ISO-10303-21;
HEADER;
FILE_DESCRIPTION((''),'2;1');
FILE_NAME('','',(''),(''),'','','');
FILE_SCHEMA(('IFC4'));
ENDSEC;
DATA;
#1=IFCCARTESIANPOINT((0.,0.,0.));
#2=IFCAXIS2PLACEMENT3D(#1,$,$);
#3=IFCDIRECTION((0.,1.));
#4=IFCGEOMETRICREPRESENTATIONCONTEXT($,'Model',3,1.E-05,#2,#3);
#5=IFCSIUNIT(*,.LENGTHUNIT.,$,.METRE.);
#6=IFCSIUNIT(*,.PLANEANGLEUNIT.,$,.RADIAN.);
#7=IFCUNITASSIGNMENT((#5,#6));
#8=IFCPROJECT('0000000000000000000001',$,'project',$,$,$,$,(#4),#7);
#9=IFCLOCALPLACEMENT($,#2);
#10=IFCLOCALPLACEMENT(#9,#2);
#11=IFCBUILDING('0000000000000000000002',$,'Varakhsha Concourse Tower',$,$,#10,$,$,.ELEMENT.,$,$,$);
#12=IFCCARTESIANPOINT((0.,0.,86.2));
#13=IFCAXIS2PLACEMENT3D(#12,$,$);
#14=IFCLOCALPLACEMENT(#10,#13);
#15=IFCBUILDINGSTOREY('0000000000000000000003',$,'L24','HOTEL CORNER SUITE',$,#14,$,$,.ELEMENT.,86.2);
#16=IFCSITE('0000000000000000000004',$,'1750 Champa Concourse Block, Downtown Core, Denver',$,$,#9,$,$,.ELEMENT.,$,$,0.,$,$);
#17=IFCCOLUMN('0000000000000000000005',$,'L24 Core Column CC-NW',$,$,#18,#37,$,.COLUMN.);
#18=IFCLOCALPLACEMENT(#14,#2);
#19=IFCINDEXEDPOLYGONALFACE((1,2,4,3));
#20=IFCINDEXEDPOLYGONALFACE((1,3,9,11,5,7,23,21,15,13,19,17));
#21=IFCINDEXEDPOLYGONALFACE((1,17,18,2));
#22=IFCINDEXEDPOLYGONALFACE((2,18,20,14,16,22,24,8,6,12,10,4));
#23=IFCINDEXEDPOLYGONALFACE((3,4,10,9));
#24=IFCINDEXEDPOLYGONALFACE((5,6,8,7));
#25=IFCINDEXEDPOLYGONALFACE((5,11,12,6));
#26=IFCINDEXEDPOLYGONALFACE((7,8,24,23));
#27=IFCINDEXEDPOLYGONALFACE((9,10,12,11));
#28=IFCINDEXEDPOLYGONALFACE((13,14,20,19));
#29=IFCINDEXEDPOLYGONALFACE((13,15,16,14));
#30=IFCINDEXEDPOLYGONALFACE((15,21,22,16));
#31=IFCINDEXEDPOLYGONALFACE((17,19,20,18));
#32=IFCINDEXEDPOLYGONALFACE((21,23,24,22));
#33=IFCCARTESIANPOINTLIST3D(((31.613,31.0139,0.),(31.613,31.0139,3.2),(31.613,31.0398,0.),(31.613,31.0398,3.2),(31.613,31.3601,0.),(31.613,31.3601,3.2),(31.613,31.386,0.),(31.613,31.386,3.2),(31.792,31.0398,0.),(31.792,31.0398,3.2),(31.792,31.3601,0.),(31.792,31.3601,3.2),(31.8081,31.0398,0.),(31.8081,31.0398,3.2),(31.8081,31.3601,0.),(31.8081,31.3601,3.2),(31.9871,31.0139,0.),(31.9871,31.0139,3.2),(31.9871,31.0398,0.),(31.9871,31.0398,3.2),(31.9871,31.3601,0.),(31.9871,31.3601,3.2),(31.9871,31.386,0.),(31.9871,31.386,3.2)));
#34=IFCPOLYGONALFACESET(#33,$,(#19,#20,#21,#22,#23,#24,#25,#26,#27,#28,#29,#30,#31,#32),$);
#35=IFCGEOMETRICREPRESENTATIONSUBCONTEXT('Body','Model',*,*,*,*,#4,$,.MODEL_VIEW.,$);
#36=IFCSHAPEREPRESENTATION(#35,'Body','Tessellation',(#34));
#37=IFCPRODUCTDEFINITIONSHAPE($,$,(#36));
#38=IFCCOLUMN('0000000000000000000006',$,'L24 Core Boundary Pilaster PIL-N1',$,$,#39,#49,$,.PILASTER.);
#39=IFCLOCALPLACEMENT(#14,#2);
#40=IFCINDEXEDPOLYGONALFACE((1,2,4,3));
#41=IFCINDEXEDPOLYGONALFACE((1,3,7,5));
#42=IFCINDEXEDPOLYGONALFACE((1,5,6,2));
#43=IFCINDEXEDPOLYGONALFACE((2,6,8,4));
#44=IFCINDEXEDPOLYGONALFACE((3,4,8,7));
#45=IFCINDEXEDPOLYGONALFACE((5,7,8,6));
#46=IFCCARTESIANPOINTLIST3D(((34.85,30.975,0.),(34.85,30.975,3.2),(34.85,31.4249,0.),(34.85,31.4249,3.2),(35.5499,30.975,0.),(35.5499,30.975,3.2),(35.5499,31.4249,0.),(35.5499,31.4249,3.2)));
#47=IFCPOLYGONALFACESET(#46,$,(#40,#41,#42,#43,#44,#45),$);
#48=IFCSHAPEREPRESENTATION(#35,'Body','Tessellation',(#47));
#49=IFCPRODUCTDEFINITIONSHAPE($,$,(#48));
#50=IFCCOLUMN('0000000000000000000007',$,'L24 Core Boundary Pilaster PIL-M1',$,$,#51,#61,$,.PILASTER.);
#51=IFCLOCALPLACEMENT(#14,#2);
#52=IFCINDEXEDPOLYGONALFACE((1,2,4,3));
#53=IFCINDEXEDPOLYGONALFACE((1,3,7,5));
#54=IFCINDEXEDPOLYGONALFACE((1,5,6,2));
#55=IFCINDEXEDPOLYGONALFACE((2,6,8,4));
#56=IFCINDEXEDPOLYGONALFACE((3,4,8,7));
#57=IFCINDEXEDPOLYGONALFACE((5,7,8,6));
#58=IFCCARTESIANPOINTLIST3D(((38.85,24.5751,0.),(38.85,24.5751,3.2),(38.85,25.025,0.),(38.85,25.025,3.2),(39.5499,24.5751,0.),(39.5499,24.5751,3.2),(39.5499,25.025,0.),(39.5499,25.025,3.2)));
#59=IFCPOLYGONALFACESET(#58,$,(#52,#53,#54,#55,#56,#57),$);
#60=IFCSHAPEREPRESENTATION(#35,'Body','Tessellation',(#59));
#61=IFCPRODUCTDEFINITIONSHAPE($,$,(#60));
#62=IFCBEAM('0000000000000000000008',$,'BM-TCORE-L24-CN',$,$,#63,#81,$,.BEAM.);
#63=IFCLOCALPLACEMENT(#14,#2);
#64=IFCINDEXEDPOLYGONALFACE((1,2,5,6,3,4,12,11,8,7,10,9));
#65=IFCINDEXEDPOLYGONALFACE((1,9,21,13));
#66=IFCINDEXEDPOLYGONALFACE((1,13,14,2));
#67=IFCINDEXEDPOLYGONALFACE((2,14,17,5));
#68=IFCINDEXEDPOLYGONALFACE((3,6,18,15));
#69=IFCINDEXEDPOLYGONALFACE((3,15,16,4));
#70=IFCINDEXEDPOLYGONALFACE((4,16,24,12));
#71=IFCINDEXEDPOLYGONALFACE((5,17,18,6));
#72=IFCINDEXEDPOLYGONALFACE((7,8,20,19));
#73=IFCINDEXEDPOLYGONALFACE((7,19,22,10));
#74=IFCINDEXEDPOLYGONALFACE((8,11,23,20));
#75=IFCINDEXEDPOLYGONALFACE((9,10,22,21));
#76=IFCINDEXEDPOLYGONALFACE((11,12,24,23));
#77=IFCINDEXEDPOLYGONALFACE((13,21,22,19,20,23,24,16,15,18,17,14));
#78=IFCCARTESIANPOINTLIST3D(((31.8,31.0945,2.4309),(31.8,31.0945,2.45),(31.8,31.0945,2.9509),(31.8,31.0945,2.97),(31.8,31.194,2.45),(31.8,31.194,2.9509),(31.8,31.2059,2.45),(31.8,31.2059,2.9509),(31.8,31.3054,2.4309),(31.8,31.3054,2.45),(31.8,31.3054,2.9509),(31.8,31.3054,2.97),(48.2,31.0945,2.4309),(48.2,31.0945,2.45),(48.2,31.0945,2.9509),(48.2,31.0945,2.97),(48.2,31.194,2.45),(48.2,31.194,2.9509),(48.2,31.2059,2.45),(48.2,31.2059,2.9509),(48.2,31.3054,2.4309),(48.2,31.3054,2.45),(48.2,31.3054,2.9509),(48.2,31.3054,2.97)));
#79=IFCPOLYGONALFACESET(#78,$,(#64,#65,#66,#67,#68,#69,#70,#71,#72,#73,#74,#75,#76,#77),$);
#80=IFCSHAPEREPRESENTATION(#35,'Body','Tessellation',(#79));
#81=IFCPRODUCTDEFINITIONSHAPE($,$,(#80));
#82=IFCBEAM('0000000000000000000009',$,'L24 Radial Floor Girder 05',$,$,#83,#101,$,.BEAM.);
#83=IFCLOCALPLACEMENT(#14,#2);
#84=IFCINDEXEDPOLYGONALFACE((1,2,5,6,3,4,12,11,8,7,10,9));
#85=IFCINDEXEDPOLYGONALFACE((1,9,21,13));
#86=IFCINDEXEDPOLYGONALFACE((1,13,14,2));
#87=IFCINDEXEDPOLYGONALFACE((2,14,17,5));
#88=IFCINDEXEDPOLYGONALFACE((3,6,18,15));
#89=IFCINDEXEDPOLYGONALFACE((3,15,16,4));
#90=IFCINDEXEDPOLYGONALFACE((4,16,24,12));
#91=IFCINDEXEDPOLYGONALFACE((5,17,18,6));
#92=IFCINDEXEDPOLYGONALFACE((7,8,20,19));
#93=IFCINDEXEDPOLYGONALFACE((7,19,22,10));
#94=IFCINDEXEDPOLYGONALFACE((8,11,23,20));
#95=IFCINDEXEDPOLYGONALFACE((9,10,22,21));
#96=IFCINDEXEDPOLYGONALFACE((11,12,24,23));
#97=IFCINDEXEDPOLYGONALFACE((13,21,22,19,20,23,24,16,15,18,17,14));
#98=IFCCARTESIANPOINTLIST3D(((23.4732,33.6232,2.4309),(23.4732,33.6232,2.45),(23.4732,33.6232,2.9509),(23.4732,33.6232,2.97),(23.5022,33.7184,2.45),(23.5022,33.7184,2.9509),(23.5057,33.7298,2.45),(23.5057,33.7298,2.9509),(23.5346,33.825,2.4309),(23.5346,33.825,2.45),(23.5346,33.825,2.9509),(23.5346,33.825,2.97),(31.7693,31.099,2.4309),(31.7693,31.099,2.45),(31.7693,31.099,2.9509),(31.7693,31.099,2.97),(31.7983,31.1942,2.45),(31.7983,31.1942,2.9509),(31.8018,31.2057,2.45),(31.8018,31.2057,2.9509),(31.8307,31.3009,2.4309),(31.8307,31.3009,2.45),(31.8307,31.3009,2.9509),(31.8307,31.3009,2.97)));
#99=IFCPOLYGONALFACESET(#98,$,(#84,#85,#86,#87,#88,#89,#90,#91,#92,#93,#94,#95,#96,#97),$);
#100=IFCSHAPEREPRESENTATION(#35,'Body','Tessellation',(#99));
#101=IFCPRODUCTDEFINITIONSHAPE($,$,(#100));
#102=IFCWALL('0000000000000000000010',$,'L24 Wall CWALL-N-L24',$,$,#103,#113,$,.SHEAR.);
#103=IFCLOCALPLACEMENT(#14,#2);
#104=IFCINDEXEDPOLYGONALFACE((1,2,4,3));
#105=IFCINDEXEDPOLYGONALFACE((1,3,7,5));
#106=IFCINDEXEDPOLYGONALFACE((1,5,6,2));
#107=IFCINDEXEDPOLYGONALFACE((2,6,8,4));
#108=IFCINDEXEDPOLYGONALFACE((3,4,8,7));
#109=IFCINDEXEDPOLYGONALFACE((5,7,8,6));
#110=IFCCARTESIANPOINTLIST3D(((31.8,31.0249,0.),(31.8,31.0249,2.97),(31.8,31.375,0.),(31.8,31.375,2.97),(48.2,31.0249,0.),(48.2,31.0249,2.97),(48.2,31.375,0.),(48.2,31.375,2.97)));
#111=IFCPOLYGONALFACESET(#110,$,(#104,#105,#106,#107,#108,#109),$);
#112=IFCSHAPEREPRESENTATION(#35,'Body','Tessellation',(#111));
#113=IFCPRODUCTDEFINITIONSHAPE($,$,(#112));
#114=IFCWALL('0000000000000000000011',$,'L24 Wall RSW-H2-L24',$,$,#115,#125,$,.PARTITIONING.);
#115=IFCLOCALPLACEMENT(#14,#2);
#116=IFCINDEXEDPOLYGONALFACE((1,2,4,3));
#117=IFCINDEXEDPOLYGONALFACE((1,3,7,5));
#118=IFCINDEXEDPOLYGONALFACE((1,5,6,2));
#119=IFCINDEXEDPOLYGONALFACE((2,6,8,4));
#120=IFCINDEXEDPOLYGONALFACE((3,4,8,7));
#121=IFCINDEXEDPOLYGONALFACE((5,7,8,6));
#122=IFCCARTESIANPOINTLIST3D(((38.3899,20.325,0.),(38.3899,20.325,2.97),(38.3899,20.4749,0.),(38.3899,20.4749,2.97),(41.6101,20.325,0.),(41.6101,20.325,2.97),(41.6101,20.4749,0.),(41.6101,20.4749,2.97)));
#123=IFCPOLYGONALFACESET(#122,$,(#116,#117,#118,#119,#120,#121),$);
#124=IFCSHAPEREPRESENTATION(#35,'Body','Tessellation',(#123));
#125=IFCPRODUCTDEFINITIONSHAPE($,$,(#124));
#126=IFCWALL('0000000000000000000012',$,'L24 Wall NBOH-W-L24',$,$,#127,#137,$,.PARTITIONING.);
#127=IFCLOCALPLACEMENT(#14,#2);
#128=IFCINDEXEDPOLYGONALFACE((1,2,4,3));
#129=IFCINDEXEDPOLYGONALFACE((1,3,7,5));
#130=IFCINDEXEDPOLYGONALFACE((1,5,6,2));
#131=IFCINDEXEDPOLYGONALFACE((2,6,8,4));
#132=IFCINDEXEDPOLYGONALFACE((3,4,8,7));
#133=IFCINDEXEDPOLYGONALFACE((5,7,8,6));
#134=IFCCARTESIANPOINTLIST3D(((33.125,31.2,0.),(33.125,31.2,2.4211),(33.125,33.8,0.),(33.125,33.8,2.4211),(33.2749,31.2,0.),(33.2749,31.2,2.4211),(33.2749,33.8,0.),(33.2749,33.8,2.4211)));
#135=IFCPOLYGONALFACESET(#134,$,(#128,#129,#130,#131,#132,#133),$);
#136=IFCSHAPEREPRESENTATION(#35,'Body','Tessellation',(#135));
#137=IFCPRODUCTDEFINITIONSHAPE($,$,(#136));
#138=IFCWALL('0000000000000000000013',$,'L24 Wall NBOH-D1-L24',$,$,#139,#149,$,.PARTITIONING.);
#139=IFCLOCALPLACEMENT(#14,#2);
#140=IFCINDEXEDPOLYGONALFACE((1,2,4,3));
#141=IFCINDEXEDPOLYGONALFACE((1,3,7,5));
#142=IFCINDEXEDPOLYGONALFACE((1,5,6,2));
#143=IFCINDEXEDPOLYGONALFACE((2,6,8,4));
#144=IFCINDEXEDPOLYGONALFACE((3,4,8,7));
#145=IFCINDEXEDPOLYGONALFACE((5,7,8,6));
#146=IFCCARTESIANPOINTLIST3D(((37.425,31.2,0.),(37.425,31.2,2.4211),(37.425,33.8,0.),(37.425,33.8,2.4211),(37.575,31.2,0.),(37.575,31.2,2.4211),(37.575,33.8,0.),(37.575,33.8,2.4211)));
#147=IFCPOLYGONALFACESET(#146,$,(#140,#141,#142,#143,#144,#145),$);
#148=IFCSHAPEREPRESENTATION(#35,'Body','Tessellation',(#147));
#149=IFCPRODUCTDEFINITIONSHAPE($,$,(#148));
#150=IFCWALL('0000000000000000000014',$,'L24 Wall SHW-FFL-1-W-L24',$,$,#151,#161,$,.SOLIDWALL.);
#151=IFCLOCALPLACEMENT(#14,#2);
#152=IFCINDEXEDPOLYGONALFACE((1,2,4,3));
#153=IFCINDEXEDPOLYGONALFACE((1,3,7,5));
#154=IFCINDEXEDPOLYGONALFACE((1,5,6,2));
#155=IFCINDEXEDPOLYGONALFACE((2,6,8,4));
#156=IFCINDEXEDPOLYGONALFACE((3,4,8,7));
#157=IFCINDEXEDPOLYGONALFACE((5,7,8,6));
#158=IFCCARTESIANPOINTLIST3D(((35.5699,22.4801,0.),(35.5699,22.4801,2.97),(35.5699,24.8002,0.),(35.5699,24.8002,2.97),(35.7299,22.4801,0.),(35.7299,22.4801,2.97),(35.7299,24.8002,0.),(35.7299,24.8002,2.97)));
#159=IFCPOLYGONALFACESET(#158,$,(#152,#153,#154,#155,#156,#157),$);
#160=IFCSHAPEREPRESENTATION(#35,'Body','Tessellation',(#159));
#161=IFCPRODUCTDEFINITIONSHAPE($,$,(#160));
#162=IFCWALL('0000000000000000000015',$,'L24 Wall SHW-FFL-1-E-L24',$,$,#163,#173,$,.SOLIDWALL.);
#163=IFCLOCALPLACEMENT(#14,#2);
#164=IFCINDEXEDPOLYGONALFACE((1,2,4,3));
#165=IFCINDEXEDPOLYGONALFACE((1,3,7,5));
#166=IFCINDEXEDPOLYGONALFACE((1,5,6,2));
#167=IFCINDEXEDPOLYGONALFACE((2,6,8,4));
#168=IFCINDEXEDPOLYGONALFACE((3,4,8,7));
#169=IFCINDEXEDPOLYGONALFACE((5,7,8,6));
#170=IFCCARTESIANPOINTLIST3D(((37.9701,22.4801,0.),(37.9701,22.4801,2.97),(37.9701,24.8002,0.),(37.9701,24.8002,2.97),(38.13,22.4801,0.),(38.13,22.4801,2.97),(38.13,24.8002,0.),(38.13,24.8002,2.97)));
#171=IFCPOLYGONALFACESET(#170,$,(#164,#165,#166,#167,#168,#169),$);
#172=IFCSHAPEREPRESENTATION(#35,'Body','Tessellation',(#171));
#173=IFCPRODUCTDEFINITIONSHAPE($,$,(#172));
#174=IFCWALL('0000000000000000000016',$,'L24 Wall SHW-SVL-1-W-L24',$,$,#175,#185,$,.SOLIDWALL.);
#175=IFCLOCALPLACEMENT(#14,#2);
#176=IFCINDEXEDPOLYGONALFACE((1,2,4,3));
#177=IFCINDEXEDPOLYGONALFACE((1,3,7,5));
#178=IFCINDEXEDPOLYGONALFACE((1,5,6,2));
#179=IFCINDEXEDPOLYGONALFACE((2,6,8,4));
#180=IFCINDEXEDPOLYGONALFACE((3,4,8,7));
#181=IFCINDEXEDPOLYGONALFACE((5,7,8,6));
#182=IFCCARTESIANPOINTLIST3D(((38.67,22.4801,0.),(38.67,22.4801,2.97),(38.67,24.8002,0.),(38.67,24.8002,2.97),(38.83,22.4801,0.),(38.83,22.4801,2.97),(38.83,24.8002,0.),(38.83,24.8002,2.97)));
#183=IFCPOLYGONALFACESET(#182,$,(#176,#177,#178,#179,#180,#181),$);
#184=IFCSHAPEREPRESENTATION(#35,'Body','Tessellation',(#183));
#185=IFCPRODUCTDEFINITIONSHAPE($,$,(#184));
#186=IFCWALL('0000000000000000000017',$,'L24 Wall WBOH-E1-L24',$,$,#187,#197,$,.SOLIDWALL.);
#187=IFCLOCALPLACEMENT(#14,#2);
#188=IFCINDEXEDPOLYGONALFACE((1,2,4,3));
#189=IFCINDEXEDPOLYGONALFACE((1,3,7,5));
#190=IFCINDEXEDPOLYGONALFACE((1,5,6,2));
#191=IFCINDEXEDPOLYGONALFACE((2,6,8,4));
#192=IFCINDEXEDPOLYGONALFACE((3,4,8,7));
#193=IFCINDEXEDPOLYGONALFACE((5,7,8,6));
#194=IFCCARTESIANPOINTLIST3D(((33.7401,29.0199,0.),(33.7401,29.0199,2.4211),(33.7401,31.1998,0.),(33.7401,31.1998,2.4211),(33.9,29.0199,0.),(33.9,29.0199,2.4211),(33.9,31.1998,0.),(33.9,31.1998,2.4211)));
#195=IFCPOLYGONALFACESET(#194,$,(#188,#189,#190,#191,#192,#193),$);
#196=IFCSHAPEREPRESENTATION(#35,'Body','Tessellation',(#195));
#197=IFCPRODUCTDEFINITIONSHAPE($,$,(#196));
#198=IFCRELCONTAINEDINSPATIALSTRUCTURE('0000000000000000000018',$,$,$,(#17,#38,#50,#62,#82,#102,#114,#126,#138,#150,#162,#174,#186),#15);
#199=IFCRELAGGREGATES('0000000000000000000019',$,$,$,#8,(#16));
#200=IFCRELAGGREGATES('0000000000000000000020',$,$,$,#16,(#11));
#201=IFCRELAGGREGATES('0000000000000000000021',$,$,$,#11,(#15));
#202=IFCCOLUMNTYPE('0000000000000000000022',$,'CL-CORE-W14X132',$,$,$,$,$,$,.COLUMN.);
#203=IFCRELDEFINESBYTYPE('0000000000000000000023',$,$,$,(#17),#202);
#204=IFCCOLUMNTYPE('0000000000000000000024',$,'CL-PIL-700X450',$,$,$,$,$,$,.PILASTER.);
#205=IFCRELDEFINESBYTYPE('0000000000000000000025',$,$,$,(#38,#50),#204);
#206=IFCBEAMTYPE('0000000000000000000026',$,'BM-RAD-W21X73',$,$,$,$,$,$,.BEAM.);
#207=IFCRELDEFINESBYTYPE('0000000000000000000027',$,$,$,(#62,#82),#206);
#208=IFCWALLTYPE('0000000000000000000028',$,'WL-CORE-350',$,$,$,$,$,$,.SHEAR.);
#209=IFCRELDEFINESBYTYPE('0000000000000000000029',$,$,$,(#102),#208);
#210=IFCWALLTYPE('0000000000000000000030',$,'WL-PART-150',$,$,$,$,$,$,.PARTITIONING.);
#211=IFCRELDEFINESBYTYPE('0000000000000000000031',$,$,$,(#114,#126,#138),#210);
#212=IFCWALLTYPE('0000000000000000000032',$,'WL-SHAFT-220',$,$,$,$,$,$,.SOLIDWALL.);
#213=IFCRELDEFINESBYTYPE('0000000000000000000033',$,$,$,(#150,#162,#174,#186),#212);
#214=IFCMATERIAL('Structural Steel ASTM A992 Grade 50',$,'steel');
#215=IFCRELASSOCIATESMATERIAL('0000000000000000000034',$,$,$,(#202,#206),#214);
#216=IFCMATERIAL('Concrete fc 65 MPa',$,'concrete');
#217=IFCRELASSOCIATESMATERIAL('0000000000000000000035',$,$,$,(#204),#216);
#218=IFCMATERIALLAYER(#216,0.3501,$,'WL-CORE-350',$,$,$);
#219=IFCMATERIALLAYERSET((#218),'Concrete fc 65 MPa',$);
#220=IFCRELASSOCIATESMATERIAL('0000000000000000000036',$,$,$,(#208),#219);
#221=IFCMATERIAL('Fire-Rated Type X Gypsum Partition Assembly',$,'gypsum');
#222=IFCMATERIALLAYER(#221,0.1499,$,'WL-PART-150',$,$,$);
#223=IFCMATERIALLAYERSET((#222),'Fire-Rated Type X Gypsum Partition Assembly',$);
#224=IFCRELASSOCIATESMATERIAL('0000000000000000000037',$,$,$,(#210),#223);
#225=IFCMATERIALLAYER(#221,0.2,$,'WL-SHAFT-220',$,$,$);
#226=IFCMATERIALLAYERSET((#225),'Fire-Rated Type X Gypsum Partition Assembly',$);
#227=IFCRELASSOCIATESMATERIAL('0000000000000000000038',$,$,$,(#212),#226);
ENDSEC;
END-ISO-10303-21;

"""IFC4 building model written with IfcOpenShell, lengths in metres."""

from ifc_helpers import new_model, si_unit, direction, frame, frame_2d, origin, origin_2d, place, context, subcontext, project, spatial, rectangle, i_section, extrude, material, layer, layer_set, material_profile, profile_set, type_object, element, save


model = new_model("IFC4")

# Units and contexts
model_context = context("Model", 3, precision=1e-05, world=origin(), true_north=direction((0.0, 1.0)))
body_context = subcontext(model_context, "Body", "Model", "MODEL_VIEW")
ifc_project = project(units=[si_unit("LENGTHUNIT", "METRE"), si_unit("PLANEANGLEUNIT", "RADIAN")], contexts=[model_context])

# Site, building, storey
site_placement = place(None, origin())
site = spatial("IfcSite", under=ifc_project, at=site_placement, Name="1750 Champa Concourse Block, Downtown Core, Denver", CompositionType="ELEMENT", RefElevation=0.0)
building_placement = place(site_placement, origin())
building = spatial("IfcBuilding", under=site, at=building_placement, Name="Varakhsha Concourse Tower", CompositionType="ELEMENT")
storey_placement = place(building_placement, frame((0.0, 0.0, 86.2)))
storey = spatial("IfcBuildingStorey", under=building, at=storey_placement, Name="L24", Description="HOTEL CORNER SUITE", CompositionType="ELEMENT", Elevation=86.2)

# Columns
ifc_material_1 = material(Name="Structural Steel ASTM A992 Grade 50", Category="steel")
ifc_material_profile_1 = material_profile(ifc_material_1, i_section(OverallWidth=0.374, OverallDepth=0.3721, WebThickness=0.0161, FlangeThickness=0.0259, at=origin_2d()), Name="W14X132")
ifc_profile_set_1 = profile_set([ifc_material_profile_1], Name="Structural Steel ASTM A992 Grade 50")
column_type_1 = type_object("IfcColumnType", Name="CL-CORE-W14X132", PredefinedType="COLUMN", material=ifc_profile_set_1)
column_placement = place(storey_placement, frame((31.8, 31.2, 0.0), z_axis=(0.0, 0.0, 1.0), x_axis=(1.0, 0.0, 0.0)))
element("IfcColumn", 1, at=column_placement, inside=storey, type_object=column_type_1, Name="L24 Core Column CC-NW", PredefinedType="COLUMN", context=body_context, shape_type="SweptSolid", body=[
    extrude(i_section(OverallWidth=0.374, OverallDepth=0.3721, WebThickness=0.0161, FlangeThickness=0.0259, at=origin_2d()), origin(), (0.0, 0.0, 1.0), 3.2),
])
ifc_material_2 = material(Name="Concrete fc 65 MPa", Category="concrete")
ifc_material_profile_2 = material_profile(ifc_material_2, rectangle(XDim=0.7, YDim=0.45, at=origin_2d()), Name="RC 700x450")
ifc_profile_set_2 = profile_set([ifc_material_profile_2], Name="Concrete fc 65 MPa")
column_type_2 = type_object("IfcColumnType", Name="CL-PIL-700X450", PredefinedType="PILASTER", material=ifc_profile_set_2)
for number, where, z_axis, x_axis, name in (
    (2, (35.2, 31.2, 0.0), (0.0, 0.0, 1.0), (1.0, 0.0, 0.0), "L24 Core Boundary Pilaster PIL-N1"),
    (3, (39.2, 24.8, 0.0), (0.0, 0.0, 1.0), (1.0, 0.0, 0.0), "L24 Core Boundary Pilaster PIL-M1"),
):
    element("IfcColumn", number, at=place(storey_placement, frame(where, z_axis=z_axis, x_axis=x_axis)), inside=storey, type_object=column_type_2, Name=name, PredefinedType="PILASTER", context=body_context, shape_type="SweptSolid", body=[
        extrude(rectangle(XDim=0.7, YDim=0.45, at=origin_2d()), origin(), (0.0, 0.0, 1.0), 3.2),
    ])

# Beams
ifc_material_profile_3 = material_profile(ifc_material_1, i_section(OverallWidth=0.2109, OverallDepth=0.5391, WebThickness=0.012, FlangeThickness=0.019, at=origin_2d()), Name="W21X73")
ifc_profile_set_3 = profile_set([ifc_material_profile_3], Name="Structural Steel ASTM A992 Grade 50")
beam_type = type_object("IfcBeamType", Name="BM-RAD-W21X73", PredefinedType="BEAM", material=ifc_profile_set_3)
beam_1_placement = place(storey_placement, frame((31.8, 31.2, 2.7004), z_axis=(1.0, 0.0, 0.0), x_axis=(0.0, 1.0, 0.0)))
element("IfcBeam", 4, at=beam_1_placement, inside=storey, type_object=beam_type, Name="BM-TCORE-L24-CN", PredefinedType="BEAM", context=body_context, shape_type="SweptSolid", body=[
    extrude(i_section(OverallWidth=0.2109, OverallDepth=0.5391, WebThickness=0.012, FlangeThickness=0.019, at=origin_2d()), origin(), (0.0, 0.0, 1.0), 16.3999),
])
beam_2_placement = place(storey_placement, frame((31.8, 31.2, 2.7004), z_axis=(-0.956698, 0.291083, 0.0), x_axis=(-0.291083, -0.956698, 0.0)))
element("IfcBeam", 5, at=beam_2_placement, inside=storey, type_object=beam_type, Name="L24 Radial Floor Girder 05", PredefinedType="BEAM", context=body_context, shape_type="SweptSolid", body=[
    extrude(i_section(OverallWidth=0.2109, OverallDepth=0.5391, WebThickness=0.012, FlangeThickness=0.019, at=origin_2d()), origin(), (0.0, 0.0, 1.0), 8.6716),
])

# Walls
ifc_layer_1 = layer(ifc_material_2, 0.3501, Name="WL-CORE-350")
ifc_layer_set_1 = layer_set([ifc_layer_1], Name="Concrete fc 65 MPa")
wall_type_1 = type_object("IfcWallType", Name="WL-CORE-350", PredefinedType="SHEAR", material=ifc_layer_set_1)
wall_1_placement = place(storey_placement, frame((31.8, 31.2, 0.0), z_axis=(0.0, 0.0, 1.0), x_axis=(1.0, 0.0, 0.0)))
element("IfcWall", 6, at=wall_1_placement, inside=storey, type_object=wall_type_1, Name="L24 Wall CWALL-N-L24", PredefinedType="SHEAR", context=body_context, shape_type="SweptSolid", body=[
    extrude(rectangle(XDim=16.3999, YDim=0.3501, at=frame_2d((8.2, 0.0))), origin(), (0.0, 0.0, 1.0), 2.97),
])
ifc_material_3 = material(Name="Fire-Rated Type X Gypsum Partition Assembly", Category="gypsum")
ifc_layer_2 = layer(ifc_material_3, 0.1499, Name="WL-PART-150")
ifc_layer_set_2 = layer_set([ifc_layer_2], Name="Fire-Rated Type X Gypsum Partition Assembly")
wall_type_2 = type_object("IfcWallType", Name="WL-PART-150", PredefinedType="PARTITIONING", material=ifc_layer_set_2)
wall_2_placement = place(storey_placement, frame((38.3899, 20.3999, 0.0), z_axis=(0.0, 0.0, 1.0), x_axis=(1.0, 0.0, 0.0)))
element("IfcWall", 7, at=wall_2_placement, inside=storey, type_object=wall_type_2, Name="L24 Wall RSW-H2-L24", PredefinedType="PARTITIONING", context=body_context, shape_type="SweptSolid", body=[
    extrude(rectangle(XDim=3.2202, YDim=0.1499, at=frame_2d((1.6101, 0.0))), origin(), (0.0, 0.0, 1.0), 2.97),
])
for number, where, z_axis, x_axis, name in (
    (8, (33.2, 31.2, 0.0), (0.0, 0.0, 1.0), (0.0, 1.0, 0.0), "L24 Wall NBOH-W-L24"),
    (9, (37.5, 31.2, 0.0), (0.0, 0.0, 1.0), (0.0, 1.0, 0.0), "L24 Wall NBOH-D1-L24"),
):
    element("IfcWall", number, at=place(storey_placement, frame(where, z_axis=z_axis, x_axis=x_axis)), inside=storey, type_object=wall_type_2, Name=name, PredefinedType="PARTITIONING", context=body_context, shape_type="SweptSolid", body=[
        extrude(rectangle(XDim=2.6001, YDim=0.1499, at=frame_2d((1.3, 0.0))), origin(), (0.0, 0.0, 1.0), 2.4211),
    ])

# Shared definitions
ifc_layer_3 = layer(ifc_material_3, 0.2, Name="WL-SHAFT-220")
ifc_layer_set_3 = layer_set([ifc_layer_3], Name="Fire-Rated Type X Gypsum Partition Assembly")
wall_type_3 = type_object("IfcWallType", Name="WL-SHAFT-220", PredefinedType="SOLIDWALL", material=ifc_layer_set_3)

# Walls
for number, where, z_axis, x_axis, name in (
    (10, (35.6499, 22.48, 0.0), (0.0, 0.0, 1.0), (0.0, 1.0, 0.0), "L24 Wall SHW-FFL-1-W-L24"),
    (11, (38.05, 22.48, 0.0), (0.0, 0.0, 1.0), (0.0, 1.0, 0.0), "L24 Wall SHW-FFL-1-E-L24"),
    (12, (38.75, 22.48, 0.0), (0.0, 0.0, 1.0), (0.0, 1.0, 0.0), "L24 Wall SHW-SVL-1-W-L24"),
):
    element("IfcWall", number, at=place(storey_placement, frame(where, z_axis=z_axis, x_axis=x_axis)), inside=storey, type_object=wall_type_3, Name=name, PredefinedType="SOLIDWALL", context=body_context, shape_type="SweptSolid", body=[
        extrude(rectangle(XDim=2.3201, YDim=0.1599, at=frame_2d((1.1602, 0.0))), origin(), (0.0, 0.0, 1.0), 2.97),
    ])

# Wall
wall_3_placement = place(storey_placement, frame((33.8201, 29.02, 0.0), z_axis=(0.0, 0.0, 1.0), x_axis=(0.0, 1.0, 0.0)))
element("IfcWall", 13, at=wall_3_placement, inside=storey, type_object=wall_type_3, Name="L24 Wall WBOH-E1-L24", PredefinedType="SOLIDWALL", context=body_context, shape_type="SweptSolid", body=[
    extrude(rectangle(XDim=2.1799, YDim=0.1599, at=frame_2d((1.0898, 0.0))), origin(), (0.0, 0.0, 1.0), 2.4211),
])

save(model, "model.ifc")
